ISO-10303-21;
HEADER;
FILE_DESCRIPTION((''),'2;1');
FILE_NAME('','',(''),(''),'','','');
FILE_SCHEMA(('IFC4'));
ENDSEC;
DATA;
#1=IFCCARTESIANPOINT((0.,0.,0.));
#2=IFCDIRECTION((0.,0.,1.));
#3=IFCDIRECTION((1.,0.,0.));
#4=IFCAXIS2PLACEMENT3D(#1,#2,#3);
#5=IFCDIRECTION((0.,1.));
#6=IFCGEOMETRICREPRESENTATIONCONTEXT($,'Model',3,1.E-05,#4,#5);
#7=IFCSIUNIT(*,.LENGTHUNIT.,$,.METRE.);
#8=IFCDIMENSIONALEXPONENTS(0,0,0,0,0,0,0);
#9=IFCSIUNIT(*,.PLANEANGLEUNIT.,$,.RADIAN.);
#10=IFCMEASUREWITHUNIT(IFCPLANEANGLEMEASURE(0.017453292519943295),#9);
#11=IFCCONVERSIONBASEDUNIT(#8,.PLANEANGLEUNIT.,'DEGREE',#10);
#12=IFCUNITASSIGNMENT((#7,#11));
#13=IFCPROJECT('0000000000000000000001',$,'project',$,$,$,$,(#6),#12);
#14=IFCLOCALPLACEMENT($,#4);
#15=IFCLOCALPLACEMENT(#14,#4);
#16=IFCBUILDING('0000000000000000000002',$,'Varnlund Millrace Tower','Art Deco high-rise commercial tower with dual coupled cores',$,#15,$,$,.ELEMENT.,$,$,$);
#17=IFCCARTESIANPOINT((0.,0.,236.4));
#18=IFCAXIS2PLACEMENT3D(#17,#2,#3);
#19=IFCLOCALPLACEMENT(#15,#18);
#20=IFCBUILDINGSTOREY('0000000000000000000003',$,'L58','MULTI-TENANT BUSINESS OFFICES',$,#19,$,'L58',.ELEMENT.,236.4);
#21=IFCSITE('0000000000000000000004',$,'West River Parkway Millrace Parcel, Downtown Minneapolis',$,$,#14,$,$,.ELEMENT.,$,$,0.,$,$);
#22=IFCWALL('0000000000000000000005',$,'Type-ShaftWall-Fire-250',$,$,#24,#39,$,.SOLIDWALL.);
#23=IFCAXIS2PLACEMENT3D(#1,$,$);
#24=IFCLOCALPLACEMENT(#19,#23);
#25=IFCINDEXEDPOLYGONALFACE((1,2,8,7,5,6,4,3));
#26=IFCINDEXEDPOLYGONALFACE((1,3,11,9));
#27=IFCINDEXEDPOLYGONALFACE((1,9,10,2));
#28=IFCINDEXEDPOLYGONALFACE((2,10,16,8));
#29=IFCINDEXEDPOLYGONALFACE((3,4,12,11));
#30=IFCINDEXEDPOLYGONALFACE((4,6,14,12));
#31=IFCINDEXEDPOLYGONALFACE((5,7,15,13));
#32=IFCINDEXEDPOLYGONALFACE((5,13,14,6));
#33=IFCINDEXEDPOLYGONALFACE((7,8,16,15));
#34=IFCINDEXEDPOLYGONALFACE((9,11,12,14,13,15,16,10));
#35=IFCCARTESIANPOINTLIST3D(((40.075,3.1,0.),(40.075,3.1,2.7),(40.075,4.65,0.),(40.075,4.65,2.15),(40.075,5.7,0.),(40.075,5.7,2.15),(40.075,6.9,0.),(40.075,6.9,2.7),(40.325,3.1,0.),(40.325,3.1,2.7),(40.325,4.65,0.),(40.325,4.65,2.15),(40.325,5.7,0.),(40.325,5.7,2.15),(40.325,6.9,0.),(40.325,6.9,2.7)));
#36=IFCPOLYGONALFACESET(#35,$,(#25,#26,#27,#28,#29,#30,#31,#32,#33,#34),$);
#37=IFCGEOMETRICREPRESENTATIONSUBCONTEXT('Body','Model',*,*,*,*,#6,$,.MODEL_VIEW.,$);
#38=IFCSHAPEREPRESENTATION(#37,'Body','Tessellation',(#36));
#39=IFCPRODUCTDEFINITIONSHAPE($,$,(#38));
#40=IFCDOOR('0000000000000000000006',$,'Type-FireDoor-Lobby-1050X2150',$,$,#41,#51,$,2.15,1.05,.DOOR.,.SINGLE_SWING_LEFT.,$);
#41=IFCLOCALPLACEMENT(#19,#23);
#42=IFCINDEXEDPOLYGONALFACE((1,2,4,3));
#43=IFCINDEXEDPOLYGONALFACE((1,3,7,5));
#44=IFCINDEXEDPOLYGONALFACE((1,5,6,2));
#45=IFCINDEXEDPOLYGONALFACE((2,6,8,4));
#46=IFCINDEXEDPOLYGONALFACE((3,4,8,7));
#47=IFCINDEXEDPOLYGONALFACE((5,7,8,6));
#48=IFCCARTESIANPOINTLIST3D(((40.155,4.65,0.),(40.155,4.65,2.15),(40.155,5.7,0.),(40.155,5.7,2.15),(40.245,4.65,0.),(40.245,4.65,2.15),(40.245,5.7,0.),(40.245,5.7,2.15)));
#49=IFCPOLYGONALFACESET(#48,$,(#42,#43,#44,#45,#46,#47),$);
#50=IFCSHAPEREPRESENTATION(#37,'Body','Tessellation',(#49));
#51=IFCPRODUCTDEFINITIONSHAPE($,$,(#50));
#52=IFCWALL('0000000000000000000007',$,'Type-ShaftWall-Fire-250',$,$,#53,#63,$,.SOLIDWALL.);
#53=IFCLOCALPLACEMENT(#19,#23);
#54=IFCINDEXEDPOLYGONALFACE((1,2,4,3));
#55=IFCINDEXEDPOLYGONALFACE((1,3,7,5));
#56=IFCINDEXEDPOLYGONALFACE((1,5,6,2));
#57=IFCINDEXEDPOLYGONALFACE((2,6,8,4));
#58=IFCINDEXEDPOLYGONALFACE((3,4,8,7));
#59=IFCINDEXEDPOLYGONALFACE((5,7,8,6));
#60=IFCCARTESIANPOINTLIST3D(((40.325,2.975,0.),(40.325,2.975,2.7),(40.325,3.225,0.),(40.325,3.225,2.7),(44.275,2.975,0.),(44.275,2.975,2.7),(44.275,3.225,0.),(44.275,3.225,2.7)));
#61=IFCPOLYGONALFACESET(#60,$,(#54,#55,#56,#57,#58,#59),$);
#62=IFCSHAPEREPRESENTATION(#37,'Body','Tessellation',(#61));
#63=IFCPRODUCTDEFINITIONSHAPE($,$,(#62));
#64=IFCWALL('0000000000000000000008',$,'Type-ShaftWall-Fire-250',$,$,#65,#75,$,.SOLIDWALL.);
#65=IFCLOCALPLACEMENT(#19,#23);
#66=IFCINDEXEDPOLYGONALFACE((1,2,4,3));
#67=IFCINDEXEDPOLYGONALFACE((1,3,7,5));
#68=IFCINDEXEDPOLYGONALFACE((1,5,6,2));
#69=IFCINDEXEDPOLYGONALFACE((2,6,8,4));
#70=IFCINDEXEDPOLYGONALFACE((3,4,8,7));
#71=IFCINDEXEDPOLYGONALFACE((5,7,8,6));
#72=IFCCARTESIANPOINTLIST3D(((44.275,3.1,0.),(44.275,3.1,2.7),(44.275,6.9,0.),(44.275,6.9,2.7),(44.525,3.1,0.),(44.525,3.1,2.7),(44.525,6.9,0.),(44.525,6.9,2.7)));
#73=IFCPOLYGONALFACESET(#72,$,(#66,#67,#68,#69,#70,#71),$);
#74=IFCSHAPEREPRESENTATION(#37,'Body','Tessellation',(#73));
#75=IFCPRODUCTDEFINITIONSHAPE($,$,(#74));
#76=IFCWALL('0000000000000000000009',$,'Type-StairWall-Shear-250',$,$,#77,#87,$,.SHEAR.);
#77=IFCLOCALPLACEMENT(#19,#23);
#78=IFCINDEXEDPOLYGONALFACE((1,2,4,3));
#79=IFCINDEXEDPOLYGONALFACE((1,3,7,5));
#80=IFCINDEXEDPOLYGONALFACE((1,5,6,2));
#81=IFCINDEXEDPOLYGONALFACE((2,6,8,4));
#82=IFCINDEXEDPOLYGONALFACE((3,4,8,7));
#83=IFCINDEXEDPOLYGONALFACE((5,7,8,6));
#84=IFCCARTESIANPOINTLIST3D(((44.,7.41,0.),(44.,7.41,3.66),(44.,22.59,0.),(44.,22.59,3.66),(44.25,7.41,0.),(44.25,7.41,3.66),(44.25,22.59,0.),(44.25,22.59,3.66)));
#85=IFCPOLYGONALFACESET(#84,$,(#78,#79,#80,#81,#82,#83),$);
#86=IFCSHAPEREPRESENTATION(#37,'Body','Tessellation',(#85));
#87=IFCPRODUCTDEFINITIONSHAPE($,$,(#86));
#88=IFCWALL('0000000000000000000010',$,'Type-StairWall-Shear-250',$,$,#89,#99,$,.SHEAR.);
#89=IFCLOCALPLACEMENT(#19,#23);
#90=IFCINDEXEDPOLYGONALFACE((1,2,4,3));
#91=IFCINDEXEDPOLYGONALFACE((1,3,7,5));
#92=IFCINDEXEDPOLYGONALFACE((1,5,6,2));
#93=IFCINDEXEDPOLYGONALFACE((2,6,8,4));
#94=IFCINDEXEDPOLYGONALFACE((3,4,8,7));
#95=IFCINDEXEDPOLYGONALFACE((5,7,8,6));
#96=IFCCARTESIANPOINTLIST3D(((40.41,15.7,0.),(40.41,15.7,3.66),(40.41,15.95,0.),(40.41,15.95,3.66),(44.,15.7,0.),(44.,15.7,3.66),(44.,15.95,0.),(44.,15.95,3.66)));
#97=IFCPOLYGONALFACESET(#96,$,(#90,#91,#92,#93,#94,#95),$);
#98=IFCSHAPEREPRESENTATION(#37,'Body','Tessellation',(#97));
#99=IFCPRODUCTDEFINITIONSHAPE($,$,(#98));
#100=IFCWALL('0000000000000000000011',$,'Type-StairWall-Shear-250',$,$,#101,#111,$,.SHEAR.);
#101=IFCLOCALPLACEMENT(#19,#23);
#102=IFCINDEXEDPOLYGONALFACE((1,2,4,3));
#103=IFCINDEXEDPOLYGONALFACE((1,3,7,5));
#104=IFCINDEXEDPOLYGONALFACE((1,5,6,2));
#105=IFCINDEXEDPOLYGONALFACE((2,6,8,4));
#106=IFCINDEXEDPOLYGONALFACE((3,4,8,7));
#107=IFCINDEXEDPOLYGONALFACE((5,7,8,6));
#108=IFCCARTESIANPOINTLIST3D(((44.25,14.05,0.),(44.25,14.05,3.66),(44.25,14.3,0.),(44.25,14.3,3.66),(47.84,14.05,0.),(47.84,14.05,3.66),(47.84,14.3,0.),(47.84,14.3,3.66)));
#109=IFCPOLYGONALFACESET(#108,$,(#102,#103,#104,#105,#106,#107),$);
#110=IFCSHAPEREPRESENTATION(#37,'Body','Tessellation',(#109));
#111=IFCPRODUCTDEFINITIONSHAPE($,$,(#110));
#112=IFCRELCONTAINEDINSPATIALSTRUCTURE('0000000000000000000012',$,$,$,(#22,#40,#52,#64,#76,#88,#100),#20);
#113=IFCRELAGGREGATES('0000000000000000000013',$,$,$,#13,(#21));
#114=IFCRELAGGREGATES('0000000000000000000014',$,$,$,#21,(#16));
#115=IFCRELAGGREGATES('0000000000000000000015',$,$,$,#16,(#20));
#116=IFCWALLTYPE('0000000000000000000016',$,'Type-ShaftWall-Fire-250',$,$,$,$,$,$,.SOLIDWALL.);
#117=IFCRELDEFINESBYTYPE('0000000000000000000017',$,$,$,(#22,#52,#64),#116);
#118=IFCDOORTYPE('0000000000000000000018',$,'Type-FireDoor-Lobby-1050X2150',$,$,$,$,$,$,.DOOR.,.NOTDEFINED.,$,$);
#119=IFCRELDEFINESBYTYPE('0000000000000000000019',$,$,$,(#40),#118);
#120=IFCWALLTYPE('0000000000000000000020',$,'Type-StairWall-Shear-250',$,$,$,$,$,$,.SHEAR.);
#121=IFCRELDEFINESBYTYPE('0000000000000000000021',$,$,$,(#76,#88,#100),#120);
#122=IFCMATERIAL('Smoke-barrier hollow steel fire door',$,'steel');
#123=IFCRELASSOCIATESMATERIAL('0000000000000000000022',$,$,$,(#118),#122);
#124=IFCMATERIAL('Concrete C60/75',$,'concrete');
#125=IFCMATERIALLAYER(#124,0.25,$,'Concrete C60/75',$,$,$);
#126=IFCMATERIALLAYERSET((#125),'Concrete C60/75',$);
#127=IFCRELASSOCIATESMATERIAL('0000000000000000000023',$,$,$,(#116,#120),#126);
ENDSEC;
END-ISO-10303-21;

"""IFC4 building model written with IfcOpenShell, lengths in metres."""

from ifc_helpers import new_model, entity, si_unit, converted_unit, direction, frame, origin_with_axes, origin_2d_with_axis, place, context, subcontext, project, spatial, polyline, rectangle, outline, extrude, material, layer, layer_set, type_object, element, fill, save


model = new_model("IFC4")

# Units and contexts
model_context = context("Model", 3, precision=1e-05, world=origin_with_axes(), true_north=direction((0.0, 1.0)))
body_context = subcontext(model_context, "Body", "Model", "MODEL_VIEW")
ifc_project = project(units=[si_unit("LENGTHUNIT", "METRE"), converted_unit("PLANEANGLEUNIT", "DEGREE", entity("IfcPlaneAngleMeasure", 0.017453292519943295), si_unit("PLANEANGLEUNIT", "RADIAN"), dimensions=[0, 0, 0, 0, 0, 0, 0])], contexts=[model_context])

# Site, building, storey
site_placement = place(None, origin_with_axes())
site = spatial("IfcSite", under=ifc_project, at=site_placement, Name="West River Parkway Millrace Parcel, Downtown Minneapolis", CompositionType="ELEMENT", RefElevation=0.0)
building_placement = place(site_placement, origin_with_axes())
building = spatial("IfcBuilding", under=site, at=building_placement, Name="Varnlund Millrace Tower", Description="Art Deco high-rise commercial tower with dual coupled cores", CompositionType="ELEMENT")
storey_placement = place(building_placement, frame((0.0, 0.0, 236.4), z_axis=(0.0, 0.0, 1.0), x_axis=(1.0, 0.0, 0.0)))
storey = spatial("IfcBuildingStorey", under=building, at=storey_placement, Name="L58", Description="MULTI-TENANT BUSINESS OFFICES", LongName="L58", CompositionType="ELEMENT", Elevation=236.4)

# Shared definitions
ifc_material_1 = material(Name="Concrete C60/75", Category="concrete")
ifc_material_2 = material(Name="Smoke-barrier hollow steel fire door", Category="steel")
door_type_1 = type_object("IfcDoorType", Name="Type-FireDoor-Lobby-1050X2150", OperationType="NOTDEFINED", PredefinedType="DOOR", material=ifc_material_2)

# Shared definitions
ifc_layer_1 = layer(ifc_material_1, 0.25, Name="Concrete C60/75")
ifc_layer_set_1 = layer_set([ifc_layer_1], Name="Concrete C60/75")
wall_type_1 = type_object("IfcWallType", Name="Type-ShaftWall-Fire-250", PredefinedType="SOLIDWALL", material=ifc_layer_set_1)

# Wall, opening, door
wall_1_placement = place(storey_placement, frame((40.2, 3.1, 0.0), z_axis=(0.0, 0.0, 1.0), x_axis=(0.0, 1.0, 0.0)))
wall_1 = element("IfcWall", 1, at=wall_1_placement, inside=storey, type_object=wall_type_1, Name="Type-ShaftWall-Fire-250", PredefinedType="SOLIDWALL", context=body_context, shape_type="SweptSolid", body=[
    extrude(outline(polyline([(0.0, -0.125), (3.8, -0.125), (3.8, 0.125), (0.0, 0.125), (0.0, -0.125)])), origin_with_axes(), (0.0, 0.0, 1.0), 2.7),
])
opening_1_placement = place(wall_1_placement, frame((2.075, 0.0, 0.0), z_axis=(0.0, 0.0, 1.0), x_axis=(1.0, 0.0, 0.0)))
opening_1 = element("IfcOpeningElement", 2, at=opening_1_placement, cuts=wall_1, PredefinedType="OPENING", context=body_context, shape_type="SweptSolid", body=[
    extrude(rectangle(XDim=1.05, YDim=0.27, at=origin_2d_with_axis()), origin_with_axes(), (0.0, 0.0, 1.0), 2.15),
])
door_1_placement = place(wall_1_placement, frame((2.075, 0.0, 0.0), z_axis=(0.0, 0.0, 1.0), x_axis=(1.0, 0.0, 0.0)))
door_1 = element("IfcDoor", 3, at=door_1_placement, inside=storey, type_object=door_type_1, Name="Type-FireDoor-Lobby-1050X2150", OperationType="SINGLE_SWING_LEFT", OverallHeight=2.15, OverallWidth=1.05, PredefinedType="DOOR", context=body_context, shape_type="SweptSolid", body=[
    extrude(rectangle(XDim=1.05, YDim=0.09, at=origin_2d_with_axis()), origin_with_axes(), (0.0, 0.0, 1.0), 2.15),
])
fill(opening_1, door_1)

# Walls
wall_2_placement = place(storey_placement, frame((40.325, 3.1, 0.0), z_axis=(0.0, 0.0, 1.0), x_axis=(1.0, 0.0, 0.0)))
element("IfcWall", 4, at=wall_2_placement, inside=storey, type_object=wall_type_1, Name="Type-ShaftWall-Fire-250", PredefinedType="SOLIDWALL", context=body_context, shape_type="SweptSolid", body=[
    extrude(outline(polyline([(0.0, -0.125), (3.95, -0.125), (3.95, 0.125), (0.0, 0.125), (0.0, -0.125)])), origin_with_axes(), (0.0, 0.0, 1.0), 2.7),
])
wall_3_placement = place(storey_placement, frame((44.4, 3.1, 0.0), z_axis=(0.0, 0.0, 1.0), x_axis=(0.0, 1.0, 0.0)))
element("IfcWall", 5, at=wall_3_placement, inside=storey, type_object=wall_type_1, Name="Type-ShaftWall-Fire-250", PredefinedType="SOLIDWALL", context=body_context, shape_type="SweptSolid", body=[
    extrude(outline(polyline([(0.0, -0.125), (3.8, -0.125), (3.8, 0.125), (0.0, 0.125), (0.0, -0.125)])), origin_with_axes(), (0.0, 0.0, 1.0), 2.7),
])
wall_type_2 = type_object("IfcWallType", Name="Type-StairWall-Shear-250", PredefinedType="SHEAR", material=ifc_layer_set_1)
wall_4_placement = place(storey_placement, frame((44.125, 7.41, 0.0), z_axis=(0.0, 0.0, 1.0), x_axis=(0.0, 1.0, 0.0)))
element("IfcWall", 6, at=wall_4_placement, inside=storey, type_object=wall_type_2, Name="Type-StairWall-Shear-250", PredefinedType="SHEAR", context=body_context, shape_type="SweptSolid", body=[
    extrude(outline(polyline([(0.0, -0.125), (15.18, -0.125), (15.18, 0.125), (0.0, 0.125), (0.0, -0.125)])), origin_with_axes(), (0.0, 0.0, 1.0), 3.66),
])
for number, where, z_axis, x_axis, name in (
    (7, (40.41, 15.825, 0.0), (0.0, 0.0, 1.0), (1.0, 0.0, 0.0), "Type-StairWall-Shear-250"),
    (8, (44.25, 14.175, 0.0), (0.0, 0.0, 1.0), (1.0, 0.0, 0.0), "Type-StairWall-Shear-250"),
):
    element("IfcWall", number, at=place(storey_placement, frame(where, z_axis=z_axis, x_axis=x_axis)), inside=storey, type_object=wall_type_2, Name=name, PredefinedType="SHEAR", context=body_context, shape_type="SweptSolid", body=[
        extrude(outline(polyline([(0.0, -0.125), (3.59, -0.125), (3.59, 0.125), (0.0, 0.125), (0.0, -0.125)])), origin_with_axes(), (0.0, 0.0, 1.0), 3.66),
    ])

save(model, "model.ifc")
